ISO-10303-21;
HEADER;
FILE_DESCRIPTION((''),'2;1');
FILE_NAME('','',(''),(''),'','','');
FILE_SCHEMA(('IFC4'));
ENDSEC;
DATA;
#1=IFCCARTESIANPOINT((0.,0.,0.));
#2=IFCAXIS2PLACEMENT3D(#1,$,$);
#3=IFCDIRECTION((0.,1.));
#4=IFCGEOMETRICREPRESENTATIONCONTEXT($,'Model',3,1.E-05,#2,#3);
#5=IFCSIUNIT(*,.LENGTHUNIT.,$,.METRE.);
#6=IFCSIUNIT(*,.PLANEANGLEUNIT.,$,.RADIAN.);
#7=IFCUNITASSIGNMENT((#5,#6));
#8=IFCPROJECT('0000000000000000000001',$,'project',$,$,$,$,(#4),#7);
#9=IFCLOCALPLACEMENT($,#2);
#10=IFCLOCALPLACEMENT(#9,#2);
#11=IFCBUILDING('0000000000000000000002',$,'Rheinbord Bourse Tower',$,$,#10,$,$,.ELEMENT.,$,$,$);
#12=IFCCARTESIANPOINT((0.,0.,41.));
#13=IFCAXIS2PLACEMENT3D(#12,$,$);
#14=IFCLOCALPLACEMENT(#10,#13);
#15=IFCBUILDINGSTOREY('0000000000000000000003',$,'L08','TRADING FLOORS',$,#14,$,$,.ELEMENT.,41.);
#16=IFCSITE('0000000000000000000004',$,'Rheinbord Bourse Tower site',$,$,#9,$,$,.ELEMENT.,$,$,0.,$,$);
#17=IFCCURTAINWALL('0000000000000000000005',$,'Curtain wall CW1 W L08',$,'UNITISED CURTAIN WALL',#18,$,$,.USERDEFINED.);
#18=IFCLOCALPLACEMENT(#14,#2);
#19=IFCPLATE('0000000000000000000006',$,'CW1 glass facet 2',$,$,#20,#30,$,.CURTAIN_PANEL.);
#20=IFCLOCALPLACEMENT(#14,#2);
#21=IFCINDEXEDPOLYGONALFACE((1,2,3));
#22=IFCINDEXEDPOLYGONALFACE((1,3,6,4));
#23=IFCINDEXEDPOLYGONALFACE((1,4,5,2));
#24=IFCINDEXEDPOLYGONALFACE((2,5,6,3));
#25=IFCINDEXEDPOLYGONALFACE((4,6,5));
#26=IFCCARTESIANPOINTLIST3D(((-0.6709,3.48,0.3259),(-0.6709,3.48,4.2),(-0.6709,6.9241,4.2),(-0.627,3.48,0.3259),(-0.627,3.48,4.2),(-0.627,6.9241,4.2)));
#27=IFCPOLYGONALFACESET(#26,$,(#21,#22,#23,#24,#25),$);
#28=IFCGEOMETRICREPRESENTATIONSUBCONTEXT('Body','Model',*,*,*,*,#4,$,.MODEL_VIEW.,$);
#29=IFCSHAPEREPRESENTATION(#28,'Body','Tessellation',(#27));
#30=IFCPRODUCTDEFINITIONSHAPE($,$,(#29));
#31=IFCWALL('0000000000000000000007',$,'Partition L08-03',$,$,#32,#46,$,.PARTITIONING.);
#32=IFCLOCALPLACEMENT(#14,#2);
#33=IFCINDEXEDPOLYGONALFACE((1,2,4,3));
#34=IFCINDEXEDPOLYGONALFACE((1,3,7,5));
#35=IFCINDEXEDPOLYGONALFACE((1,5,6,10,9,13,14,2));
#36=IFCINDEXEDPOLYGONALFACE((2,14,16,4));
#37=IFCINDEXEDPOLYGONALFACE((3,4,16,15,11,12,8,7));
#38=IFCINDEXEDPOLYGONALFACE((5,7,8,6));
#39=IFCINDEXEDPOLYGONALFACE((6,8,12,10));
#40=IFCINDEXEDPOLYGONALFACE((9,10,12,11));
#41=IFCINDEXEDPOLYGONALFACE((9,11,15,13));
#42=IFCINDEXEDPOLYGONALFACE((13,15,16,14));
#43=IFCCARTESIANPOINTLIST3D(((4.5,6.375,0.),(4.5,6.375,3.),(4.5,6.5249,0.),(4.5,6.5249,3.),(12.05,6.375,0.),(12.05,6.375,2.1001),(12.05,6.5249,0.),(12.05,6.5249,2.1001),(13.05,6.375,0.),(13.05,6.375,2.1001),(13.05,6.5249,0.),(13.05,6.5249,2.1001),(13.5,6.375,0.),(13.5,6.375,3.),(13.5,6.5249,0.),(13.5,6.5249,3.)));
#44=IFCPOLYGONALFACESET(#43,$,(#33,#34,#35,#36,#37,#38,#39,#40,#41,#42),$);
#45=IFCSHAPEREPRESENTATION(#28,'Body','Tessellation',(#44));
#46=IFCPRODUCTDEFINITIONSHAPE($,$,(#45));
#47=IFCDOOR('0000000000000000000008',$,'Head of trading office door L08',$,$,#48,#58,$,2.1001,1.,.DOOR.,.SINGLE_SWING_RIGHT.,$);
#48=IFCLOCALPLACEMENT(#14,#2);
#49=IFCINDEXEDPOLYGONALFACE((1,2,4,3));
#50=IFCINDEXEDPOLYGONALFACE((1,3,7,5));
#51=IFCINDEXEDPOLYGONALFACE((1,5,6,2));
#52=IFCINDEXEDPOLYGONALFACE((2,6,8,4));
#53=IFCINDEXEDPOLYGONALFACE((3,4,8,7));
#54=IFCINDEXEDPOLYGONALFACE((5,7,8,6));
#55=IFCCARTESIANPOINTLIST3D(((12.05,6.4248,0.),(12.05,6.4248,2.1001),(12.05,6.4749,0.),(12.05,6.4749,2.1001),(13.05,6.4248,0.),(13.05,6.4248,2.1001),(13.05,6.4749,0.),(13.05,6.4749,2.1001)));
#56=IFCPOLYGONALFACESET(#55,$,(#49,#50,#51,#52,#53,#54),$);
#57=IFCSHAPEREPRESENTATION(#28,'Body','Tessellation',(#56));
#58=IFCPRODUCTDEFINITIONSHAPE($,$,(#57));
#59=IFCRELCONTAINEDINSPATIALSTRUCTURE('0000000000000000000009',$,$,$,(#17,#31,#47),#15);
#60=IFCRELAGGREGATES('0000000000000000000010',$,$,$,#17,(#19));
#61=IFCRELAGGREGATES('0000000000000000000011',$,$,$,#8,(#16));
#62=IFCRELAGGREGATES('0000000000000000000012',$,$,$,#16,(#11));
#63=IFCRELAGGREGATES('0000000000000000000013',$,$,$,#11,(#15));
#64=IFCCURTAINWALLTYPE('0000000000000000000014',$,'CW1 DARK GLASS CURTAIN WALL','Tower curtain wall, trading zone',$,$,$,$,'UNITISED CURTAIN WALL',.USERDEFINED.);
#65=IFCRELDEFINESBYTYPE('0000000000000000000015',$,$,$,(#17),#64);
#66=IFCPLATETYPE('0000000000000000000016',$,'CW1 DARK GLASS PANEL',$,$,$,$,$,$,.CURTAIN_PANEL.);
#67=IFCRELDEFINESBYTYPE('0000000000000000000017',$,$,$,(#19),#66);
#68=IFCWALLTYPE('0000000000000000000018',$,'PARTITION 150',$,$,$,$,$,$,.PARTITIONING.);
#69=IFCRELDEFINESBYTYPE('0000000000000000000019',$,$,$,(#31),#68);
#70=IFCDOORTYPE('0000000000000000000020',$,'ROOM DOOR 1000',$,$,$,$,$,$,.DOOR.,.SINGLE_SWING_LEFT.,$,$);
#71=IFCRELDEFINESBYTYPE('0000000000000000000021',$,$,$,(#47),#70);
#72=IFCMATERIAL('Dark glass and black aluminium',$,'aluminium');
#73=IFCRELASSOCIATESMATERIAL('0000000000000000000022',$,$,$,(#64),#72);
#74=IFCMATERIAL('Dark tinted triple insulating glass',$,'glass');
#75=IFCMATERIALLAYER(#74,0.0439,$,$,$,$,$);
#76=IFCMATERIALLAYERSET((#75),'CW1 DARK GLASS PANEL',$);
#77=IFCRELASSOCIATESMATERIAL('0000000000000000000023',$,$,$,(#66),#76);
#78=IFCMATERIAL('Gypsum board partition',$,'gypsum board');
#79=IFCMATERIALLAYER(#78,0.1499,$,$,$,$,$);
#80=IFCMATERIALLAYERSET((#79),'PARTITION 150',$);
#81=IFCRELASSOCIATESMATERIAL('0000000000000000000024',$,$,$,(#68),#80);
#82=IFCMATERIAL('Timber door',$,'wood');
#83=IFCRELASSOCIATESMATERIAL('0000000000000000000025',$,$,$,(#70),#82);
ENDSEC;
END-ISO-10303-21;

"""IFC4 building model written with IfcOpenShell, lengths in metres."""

from ifc_helpers import new_model, si_unit, direction, frame, frame_2d, origin, place, context, subcontext, project, spatial, polyline, rectangle, outline, extrude, material, layer, layer_set, type_object, element, fill, aggregate, save


model = new_model("IFC4")

# Units and contexts
model_context = context("Model", 3, precision=1e-05, world=origin(), true_north=direction((0.0, 1.0)))
body_context = subcontext(model_context, "Body", "Model", "MODEL_VIEW")
ifc_project = project(units=[si_unit("LENGTHUNIT", "METRE"), si_unit("PLANEANGLEUNIT", "RADIAN")], contexts=[model_context])

# Site, building, storey
site_placement = place(None, origin())
site = spatial("IfcSite", under=ifc_project, at=site_placement, Name="Rheinbord Bourse Tower site", CompositionType="ELEMENT", RefElevation=0.0)
building_placement = place(site_placement, origin())
building = spatial("IfcBuilding", under=site, at=building_placement, Name="Rheinbord Bourse Tower", CompositionType="ELEMENT")
storey_placement = place(building_placement, frame((0.0, 0.0, 41.0)))
storey = spatial("IfcBuildingStorey", under=building, at=storey_placement, Name="L08", Description="TRADING FLOORS", CompositionType="ELEMENT", Elevation=41.0)

# Curtain wall
ifc_material_1 = material(Name="Dark glass and black aluminium", Category="aluminium")
curtain_wall_type = type_object("IfcCurtainWallType", Name="CW1 DARK GLASS CURTAIN WALL", Description="Tower curtain wall, trading zone", ElementType="UNITISED CURTAIN WALL", PredefinedType="USERDEFINED", material=ifc_material_1)
curtain_wall_placement = place(storey_placement, origin())
curtain_wall = element("IfcCurtainWall", 1, at=curtain_wall_placement, inside=storey, type_object=curtain_wall_type, Name="Curtain wall CW1 W L08", ObjectType="UNITISED CURTAIN WALL", PredefinedType="USERDEFINED")

# Plate
ifc_material_2 = material(Name="Dark tinted triple insulating glass", Category="glass")
ifc_layer_1 = layer(ifc_material_2, 0.0439)
ifc_layer_set_1 = layer_set([ifc_layer_1], Name="CW1 DARK GLASS PANEL")
plate_type = type_object("IfcPlateType", Name="CW1 DARK GLASS PANEL", PredefinedType="CURTAIN_PANEL", material=ifc_layer_set_1)
plate_1_placement = place(storey_placement, frame((-0.6709, 3.48, 4.2), z_axis=(1.0, 0.0, 0.0), x_axis=(0.0, 0.0, -1.0)))
plate_1 = element("IfcPlate", 2, at=plate_1_placement, type_object=plate_type, Name="CW1 glass facet 2", PredefinedType="CURTAIN_PANEL", context=body_context, shape_type="SweptSolid", body=[
    extrude(outline(polyline([(0.0, 0.0), (3.874, 0.0), (0.0, 3.4441), (0.0, 0.0)])), origin(), (0.0, 0.0, 1.0), 0.0439),
])
aggregate(curtain_wall, [plate_1])

# Wall, opening, door
ifc_material_3 = material(Name="Gypsum board partition", Category="gypsum board")
ifc_layer_2 = layer(ifc_material_3, 0.1499)
ifc_layer_set_2 = layer_set([ifc_layer_2], Name="PARTITION 150")
wall_type = type_object("IfcWallType", Name="PARTITION 150", PredefinedType="PARTITIONING", material=ifc_layer_set_2)
wall_placement = place(storey_placement, frame((4.5, 6.45, 0.0), z_axis=(0.0, 0.0, 1.0), x_axis=(1.0, 0.0, 0.0)))
wall = element("IfcWall", 3, at=wall_placement, inside=storey, type_object=wall_type, Name="Partition L08-03", PredefinedType="PARTITIONING", context=body_context, shape_type="SweptSolid", body=[
    extrude(rectangle(XDim=9.0, YDim=0.1499, at=frame_2d((4.5, 0.0))), origin(), (0.0, 0.0, 1.0), 3.0),
])
opening_placement = place(wall_placement, frame((7.55, 0.0, 0.0)))
opening = element("IfcOpeningElement", 4, at=opening_placement, cuts=wall, PredefinedType="OPENING", context=body_context, shape_type="SweptSolid", body=[
    extrude(rectangle(XDim=1.0, YDim=2.1001, at=frame_2d((0.5, 1.05))), frame((0.0, 0.085, 0.0), z_axis=(0.0, -1.0, 0.0), x_axis=(1.0, 0.0, 0.0)), (0.0, 0.0, 1.0), 0.1699),
])
ifc_material_4 = material(Name="Timber door", Category="wood")
door_type = type_object("IfcDoorType", Name="ROOM DOOR 1000", OperationType="SINGLE_SWING_LEFT", PredefinedType="DOOR", material=ifc_material_4)
door_placement = place(opening_placement, origin())
door = element("IfcDoor", 5, at=door_placement, inside=storey, type_object=door_type, Name="Head of trading office door L08", OperationType="SINGLE_SWING_RIGHT", OverallHeight=2.1001, OverallWidth=1.0, PredefinedType="DOOR", context=body_context, shape_type="SweptSolid", body=[
    extrude(rectangle(XDim=1.0, YDim=2.1001, at=frame_2d((0.5, 1.05))), frame((0.0, 0.0249, 0.0), z_axis=(0.0, -1.0, 0.0), x_axis=(1.0, 0.0, 0.0)), (0.0, 0.0, 1.0), 0.05),
])
fill(opening, door)

save(model, "model.ifc")
